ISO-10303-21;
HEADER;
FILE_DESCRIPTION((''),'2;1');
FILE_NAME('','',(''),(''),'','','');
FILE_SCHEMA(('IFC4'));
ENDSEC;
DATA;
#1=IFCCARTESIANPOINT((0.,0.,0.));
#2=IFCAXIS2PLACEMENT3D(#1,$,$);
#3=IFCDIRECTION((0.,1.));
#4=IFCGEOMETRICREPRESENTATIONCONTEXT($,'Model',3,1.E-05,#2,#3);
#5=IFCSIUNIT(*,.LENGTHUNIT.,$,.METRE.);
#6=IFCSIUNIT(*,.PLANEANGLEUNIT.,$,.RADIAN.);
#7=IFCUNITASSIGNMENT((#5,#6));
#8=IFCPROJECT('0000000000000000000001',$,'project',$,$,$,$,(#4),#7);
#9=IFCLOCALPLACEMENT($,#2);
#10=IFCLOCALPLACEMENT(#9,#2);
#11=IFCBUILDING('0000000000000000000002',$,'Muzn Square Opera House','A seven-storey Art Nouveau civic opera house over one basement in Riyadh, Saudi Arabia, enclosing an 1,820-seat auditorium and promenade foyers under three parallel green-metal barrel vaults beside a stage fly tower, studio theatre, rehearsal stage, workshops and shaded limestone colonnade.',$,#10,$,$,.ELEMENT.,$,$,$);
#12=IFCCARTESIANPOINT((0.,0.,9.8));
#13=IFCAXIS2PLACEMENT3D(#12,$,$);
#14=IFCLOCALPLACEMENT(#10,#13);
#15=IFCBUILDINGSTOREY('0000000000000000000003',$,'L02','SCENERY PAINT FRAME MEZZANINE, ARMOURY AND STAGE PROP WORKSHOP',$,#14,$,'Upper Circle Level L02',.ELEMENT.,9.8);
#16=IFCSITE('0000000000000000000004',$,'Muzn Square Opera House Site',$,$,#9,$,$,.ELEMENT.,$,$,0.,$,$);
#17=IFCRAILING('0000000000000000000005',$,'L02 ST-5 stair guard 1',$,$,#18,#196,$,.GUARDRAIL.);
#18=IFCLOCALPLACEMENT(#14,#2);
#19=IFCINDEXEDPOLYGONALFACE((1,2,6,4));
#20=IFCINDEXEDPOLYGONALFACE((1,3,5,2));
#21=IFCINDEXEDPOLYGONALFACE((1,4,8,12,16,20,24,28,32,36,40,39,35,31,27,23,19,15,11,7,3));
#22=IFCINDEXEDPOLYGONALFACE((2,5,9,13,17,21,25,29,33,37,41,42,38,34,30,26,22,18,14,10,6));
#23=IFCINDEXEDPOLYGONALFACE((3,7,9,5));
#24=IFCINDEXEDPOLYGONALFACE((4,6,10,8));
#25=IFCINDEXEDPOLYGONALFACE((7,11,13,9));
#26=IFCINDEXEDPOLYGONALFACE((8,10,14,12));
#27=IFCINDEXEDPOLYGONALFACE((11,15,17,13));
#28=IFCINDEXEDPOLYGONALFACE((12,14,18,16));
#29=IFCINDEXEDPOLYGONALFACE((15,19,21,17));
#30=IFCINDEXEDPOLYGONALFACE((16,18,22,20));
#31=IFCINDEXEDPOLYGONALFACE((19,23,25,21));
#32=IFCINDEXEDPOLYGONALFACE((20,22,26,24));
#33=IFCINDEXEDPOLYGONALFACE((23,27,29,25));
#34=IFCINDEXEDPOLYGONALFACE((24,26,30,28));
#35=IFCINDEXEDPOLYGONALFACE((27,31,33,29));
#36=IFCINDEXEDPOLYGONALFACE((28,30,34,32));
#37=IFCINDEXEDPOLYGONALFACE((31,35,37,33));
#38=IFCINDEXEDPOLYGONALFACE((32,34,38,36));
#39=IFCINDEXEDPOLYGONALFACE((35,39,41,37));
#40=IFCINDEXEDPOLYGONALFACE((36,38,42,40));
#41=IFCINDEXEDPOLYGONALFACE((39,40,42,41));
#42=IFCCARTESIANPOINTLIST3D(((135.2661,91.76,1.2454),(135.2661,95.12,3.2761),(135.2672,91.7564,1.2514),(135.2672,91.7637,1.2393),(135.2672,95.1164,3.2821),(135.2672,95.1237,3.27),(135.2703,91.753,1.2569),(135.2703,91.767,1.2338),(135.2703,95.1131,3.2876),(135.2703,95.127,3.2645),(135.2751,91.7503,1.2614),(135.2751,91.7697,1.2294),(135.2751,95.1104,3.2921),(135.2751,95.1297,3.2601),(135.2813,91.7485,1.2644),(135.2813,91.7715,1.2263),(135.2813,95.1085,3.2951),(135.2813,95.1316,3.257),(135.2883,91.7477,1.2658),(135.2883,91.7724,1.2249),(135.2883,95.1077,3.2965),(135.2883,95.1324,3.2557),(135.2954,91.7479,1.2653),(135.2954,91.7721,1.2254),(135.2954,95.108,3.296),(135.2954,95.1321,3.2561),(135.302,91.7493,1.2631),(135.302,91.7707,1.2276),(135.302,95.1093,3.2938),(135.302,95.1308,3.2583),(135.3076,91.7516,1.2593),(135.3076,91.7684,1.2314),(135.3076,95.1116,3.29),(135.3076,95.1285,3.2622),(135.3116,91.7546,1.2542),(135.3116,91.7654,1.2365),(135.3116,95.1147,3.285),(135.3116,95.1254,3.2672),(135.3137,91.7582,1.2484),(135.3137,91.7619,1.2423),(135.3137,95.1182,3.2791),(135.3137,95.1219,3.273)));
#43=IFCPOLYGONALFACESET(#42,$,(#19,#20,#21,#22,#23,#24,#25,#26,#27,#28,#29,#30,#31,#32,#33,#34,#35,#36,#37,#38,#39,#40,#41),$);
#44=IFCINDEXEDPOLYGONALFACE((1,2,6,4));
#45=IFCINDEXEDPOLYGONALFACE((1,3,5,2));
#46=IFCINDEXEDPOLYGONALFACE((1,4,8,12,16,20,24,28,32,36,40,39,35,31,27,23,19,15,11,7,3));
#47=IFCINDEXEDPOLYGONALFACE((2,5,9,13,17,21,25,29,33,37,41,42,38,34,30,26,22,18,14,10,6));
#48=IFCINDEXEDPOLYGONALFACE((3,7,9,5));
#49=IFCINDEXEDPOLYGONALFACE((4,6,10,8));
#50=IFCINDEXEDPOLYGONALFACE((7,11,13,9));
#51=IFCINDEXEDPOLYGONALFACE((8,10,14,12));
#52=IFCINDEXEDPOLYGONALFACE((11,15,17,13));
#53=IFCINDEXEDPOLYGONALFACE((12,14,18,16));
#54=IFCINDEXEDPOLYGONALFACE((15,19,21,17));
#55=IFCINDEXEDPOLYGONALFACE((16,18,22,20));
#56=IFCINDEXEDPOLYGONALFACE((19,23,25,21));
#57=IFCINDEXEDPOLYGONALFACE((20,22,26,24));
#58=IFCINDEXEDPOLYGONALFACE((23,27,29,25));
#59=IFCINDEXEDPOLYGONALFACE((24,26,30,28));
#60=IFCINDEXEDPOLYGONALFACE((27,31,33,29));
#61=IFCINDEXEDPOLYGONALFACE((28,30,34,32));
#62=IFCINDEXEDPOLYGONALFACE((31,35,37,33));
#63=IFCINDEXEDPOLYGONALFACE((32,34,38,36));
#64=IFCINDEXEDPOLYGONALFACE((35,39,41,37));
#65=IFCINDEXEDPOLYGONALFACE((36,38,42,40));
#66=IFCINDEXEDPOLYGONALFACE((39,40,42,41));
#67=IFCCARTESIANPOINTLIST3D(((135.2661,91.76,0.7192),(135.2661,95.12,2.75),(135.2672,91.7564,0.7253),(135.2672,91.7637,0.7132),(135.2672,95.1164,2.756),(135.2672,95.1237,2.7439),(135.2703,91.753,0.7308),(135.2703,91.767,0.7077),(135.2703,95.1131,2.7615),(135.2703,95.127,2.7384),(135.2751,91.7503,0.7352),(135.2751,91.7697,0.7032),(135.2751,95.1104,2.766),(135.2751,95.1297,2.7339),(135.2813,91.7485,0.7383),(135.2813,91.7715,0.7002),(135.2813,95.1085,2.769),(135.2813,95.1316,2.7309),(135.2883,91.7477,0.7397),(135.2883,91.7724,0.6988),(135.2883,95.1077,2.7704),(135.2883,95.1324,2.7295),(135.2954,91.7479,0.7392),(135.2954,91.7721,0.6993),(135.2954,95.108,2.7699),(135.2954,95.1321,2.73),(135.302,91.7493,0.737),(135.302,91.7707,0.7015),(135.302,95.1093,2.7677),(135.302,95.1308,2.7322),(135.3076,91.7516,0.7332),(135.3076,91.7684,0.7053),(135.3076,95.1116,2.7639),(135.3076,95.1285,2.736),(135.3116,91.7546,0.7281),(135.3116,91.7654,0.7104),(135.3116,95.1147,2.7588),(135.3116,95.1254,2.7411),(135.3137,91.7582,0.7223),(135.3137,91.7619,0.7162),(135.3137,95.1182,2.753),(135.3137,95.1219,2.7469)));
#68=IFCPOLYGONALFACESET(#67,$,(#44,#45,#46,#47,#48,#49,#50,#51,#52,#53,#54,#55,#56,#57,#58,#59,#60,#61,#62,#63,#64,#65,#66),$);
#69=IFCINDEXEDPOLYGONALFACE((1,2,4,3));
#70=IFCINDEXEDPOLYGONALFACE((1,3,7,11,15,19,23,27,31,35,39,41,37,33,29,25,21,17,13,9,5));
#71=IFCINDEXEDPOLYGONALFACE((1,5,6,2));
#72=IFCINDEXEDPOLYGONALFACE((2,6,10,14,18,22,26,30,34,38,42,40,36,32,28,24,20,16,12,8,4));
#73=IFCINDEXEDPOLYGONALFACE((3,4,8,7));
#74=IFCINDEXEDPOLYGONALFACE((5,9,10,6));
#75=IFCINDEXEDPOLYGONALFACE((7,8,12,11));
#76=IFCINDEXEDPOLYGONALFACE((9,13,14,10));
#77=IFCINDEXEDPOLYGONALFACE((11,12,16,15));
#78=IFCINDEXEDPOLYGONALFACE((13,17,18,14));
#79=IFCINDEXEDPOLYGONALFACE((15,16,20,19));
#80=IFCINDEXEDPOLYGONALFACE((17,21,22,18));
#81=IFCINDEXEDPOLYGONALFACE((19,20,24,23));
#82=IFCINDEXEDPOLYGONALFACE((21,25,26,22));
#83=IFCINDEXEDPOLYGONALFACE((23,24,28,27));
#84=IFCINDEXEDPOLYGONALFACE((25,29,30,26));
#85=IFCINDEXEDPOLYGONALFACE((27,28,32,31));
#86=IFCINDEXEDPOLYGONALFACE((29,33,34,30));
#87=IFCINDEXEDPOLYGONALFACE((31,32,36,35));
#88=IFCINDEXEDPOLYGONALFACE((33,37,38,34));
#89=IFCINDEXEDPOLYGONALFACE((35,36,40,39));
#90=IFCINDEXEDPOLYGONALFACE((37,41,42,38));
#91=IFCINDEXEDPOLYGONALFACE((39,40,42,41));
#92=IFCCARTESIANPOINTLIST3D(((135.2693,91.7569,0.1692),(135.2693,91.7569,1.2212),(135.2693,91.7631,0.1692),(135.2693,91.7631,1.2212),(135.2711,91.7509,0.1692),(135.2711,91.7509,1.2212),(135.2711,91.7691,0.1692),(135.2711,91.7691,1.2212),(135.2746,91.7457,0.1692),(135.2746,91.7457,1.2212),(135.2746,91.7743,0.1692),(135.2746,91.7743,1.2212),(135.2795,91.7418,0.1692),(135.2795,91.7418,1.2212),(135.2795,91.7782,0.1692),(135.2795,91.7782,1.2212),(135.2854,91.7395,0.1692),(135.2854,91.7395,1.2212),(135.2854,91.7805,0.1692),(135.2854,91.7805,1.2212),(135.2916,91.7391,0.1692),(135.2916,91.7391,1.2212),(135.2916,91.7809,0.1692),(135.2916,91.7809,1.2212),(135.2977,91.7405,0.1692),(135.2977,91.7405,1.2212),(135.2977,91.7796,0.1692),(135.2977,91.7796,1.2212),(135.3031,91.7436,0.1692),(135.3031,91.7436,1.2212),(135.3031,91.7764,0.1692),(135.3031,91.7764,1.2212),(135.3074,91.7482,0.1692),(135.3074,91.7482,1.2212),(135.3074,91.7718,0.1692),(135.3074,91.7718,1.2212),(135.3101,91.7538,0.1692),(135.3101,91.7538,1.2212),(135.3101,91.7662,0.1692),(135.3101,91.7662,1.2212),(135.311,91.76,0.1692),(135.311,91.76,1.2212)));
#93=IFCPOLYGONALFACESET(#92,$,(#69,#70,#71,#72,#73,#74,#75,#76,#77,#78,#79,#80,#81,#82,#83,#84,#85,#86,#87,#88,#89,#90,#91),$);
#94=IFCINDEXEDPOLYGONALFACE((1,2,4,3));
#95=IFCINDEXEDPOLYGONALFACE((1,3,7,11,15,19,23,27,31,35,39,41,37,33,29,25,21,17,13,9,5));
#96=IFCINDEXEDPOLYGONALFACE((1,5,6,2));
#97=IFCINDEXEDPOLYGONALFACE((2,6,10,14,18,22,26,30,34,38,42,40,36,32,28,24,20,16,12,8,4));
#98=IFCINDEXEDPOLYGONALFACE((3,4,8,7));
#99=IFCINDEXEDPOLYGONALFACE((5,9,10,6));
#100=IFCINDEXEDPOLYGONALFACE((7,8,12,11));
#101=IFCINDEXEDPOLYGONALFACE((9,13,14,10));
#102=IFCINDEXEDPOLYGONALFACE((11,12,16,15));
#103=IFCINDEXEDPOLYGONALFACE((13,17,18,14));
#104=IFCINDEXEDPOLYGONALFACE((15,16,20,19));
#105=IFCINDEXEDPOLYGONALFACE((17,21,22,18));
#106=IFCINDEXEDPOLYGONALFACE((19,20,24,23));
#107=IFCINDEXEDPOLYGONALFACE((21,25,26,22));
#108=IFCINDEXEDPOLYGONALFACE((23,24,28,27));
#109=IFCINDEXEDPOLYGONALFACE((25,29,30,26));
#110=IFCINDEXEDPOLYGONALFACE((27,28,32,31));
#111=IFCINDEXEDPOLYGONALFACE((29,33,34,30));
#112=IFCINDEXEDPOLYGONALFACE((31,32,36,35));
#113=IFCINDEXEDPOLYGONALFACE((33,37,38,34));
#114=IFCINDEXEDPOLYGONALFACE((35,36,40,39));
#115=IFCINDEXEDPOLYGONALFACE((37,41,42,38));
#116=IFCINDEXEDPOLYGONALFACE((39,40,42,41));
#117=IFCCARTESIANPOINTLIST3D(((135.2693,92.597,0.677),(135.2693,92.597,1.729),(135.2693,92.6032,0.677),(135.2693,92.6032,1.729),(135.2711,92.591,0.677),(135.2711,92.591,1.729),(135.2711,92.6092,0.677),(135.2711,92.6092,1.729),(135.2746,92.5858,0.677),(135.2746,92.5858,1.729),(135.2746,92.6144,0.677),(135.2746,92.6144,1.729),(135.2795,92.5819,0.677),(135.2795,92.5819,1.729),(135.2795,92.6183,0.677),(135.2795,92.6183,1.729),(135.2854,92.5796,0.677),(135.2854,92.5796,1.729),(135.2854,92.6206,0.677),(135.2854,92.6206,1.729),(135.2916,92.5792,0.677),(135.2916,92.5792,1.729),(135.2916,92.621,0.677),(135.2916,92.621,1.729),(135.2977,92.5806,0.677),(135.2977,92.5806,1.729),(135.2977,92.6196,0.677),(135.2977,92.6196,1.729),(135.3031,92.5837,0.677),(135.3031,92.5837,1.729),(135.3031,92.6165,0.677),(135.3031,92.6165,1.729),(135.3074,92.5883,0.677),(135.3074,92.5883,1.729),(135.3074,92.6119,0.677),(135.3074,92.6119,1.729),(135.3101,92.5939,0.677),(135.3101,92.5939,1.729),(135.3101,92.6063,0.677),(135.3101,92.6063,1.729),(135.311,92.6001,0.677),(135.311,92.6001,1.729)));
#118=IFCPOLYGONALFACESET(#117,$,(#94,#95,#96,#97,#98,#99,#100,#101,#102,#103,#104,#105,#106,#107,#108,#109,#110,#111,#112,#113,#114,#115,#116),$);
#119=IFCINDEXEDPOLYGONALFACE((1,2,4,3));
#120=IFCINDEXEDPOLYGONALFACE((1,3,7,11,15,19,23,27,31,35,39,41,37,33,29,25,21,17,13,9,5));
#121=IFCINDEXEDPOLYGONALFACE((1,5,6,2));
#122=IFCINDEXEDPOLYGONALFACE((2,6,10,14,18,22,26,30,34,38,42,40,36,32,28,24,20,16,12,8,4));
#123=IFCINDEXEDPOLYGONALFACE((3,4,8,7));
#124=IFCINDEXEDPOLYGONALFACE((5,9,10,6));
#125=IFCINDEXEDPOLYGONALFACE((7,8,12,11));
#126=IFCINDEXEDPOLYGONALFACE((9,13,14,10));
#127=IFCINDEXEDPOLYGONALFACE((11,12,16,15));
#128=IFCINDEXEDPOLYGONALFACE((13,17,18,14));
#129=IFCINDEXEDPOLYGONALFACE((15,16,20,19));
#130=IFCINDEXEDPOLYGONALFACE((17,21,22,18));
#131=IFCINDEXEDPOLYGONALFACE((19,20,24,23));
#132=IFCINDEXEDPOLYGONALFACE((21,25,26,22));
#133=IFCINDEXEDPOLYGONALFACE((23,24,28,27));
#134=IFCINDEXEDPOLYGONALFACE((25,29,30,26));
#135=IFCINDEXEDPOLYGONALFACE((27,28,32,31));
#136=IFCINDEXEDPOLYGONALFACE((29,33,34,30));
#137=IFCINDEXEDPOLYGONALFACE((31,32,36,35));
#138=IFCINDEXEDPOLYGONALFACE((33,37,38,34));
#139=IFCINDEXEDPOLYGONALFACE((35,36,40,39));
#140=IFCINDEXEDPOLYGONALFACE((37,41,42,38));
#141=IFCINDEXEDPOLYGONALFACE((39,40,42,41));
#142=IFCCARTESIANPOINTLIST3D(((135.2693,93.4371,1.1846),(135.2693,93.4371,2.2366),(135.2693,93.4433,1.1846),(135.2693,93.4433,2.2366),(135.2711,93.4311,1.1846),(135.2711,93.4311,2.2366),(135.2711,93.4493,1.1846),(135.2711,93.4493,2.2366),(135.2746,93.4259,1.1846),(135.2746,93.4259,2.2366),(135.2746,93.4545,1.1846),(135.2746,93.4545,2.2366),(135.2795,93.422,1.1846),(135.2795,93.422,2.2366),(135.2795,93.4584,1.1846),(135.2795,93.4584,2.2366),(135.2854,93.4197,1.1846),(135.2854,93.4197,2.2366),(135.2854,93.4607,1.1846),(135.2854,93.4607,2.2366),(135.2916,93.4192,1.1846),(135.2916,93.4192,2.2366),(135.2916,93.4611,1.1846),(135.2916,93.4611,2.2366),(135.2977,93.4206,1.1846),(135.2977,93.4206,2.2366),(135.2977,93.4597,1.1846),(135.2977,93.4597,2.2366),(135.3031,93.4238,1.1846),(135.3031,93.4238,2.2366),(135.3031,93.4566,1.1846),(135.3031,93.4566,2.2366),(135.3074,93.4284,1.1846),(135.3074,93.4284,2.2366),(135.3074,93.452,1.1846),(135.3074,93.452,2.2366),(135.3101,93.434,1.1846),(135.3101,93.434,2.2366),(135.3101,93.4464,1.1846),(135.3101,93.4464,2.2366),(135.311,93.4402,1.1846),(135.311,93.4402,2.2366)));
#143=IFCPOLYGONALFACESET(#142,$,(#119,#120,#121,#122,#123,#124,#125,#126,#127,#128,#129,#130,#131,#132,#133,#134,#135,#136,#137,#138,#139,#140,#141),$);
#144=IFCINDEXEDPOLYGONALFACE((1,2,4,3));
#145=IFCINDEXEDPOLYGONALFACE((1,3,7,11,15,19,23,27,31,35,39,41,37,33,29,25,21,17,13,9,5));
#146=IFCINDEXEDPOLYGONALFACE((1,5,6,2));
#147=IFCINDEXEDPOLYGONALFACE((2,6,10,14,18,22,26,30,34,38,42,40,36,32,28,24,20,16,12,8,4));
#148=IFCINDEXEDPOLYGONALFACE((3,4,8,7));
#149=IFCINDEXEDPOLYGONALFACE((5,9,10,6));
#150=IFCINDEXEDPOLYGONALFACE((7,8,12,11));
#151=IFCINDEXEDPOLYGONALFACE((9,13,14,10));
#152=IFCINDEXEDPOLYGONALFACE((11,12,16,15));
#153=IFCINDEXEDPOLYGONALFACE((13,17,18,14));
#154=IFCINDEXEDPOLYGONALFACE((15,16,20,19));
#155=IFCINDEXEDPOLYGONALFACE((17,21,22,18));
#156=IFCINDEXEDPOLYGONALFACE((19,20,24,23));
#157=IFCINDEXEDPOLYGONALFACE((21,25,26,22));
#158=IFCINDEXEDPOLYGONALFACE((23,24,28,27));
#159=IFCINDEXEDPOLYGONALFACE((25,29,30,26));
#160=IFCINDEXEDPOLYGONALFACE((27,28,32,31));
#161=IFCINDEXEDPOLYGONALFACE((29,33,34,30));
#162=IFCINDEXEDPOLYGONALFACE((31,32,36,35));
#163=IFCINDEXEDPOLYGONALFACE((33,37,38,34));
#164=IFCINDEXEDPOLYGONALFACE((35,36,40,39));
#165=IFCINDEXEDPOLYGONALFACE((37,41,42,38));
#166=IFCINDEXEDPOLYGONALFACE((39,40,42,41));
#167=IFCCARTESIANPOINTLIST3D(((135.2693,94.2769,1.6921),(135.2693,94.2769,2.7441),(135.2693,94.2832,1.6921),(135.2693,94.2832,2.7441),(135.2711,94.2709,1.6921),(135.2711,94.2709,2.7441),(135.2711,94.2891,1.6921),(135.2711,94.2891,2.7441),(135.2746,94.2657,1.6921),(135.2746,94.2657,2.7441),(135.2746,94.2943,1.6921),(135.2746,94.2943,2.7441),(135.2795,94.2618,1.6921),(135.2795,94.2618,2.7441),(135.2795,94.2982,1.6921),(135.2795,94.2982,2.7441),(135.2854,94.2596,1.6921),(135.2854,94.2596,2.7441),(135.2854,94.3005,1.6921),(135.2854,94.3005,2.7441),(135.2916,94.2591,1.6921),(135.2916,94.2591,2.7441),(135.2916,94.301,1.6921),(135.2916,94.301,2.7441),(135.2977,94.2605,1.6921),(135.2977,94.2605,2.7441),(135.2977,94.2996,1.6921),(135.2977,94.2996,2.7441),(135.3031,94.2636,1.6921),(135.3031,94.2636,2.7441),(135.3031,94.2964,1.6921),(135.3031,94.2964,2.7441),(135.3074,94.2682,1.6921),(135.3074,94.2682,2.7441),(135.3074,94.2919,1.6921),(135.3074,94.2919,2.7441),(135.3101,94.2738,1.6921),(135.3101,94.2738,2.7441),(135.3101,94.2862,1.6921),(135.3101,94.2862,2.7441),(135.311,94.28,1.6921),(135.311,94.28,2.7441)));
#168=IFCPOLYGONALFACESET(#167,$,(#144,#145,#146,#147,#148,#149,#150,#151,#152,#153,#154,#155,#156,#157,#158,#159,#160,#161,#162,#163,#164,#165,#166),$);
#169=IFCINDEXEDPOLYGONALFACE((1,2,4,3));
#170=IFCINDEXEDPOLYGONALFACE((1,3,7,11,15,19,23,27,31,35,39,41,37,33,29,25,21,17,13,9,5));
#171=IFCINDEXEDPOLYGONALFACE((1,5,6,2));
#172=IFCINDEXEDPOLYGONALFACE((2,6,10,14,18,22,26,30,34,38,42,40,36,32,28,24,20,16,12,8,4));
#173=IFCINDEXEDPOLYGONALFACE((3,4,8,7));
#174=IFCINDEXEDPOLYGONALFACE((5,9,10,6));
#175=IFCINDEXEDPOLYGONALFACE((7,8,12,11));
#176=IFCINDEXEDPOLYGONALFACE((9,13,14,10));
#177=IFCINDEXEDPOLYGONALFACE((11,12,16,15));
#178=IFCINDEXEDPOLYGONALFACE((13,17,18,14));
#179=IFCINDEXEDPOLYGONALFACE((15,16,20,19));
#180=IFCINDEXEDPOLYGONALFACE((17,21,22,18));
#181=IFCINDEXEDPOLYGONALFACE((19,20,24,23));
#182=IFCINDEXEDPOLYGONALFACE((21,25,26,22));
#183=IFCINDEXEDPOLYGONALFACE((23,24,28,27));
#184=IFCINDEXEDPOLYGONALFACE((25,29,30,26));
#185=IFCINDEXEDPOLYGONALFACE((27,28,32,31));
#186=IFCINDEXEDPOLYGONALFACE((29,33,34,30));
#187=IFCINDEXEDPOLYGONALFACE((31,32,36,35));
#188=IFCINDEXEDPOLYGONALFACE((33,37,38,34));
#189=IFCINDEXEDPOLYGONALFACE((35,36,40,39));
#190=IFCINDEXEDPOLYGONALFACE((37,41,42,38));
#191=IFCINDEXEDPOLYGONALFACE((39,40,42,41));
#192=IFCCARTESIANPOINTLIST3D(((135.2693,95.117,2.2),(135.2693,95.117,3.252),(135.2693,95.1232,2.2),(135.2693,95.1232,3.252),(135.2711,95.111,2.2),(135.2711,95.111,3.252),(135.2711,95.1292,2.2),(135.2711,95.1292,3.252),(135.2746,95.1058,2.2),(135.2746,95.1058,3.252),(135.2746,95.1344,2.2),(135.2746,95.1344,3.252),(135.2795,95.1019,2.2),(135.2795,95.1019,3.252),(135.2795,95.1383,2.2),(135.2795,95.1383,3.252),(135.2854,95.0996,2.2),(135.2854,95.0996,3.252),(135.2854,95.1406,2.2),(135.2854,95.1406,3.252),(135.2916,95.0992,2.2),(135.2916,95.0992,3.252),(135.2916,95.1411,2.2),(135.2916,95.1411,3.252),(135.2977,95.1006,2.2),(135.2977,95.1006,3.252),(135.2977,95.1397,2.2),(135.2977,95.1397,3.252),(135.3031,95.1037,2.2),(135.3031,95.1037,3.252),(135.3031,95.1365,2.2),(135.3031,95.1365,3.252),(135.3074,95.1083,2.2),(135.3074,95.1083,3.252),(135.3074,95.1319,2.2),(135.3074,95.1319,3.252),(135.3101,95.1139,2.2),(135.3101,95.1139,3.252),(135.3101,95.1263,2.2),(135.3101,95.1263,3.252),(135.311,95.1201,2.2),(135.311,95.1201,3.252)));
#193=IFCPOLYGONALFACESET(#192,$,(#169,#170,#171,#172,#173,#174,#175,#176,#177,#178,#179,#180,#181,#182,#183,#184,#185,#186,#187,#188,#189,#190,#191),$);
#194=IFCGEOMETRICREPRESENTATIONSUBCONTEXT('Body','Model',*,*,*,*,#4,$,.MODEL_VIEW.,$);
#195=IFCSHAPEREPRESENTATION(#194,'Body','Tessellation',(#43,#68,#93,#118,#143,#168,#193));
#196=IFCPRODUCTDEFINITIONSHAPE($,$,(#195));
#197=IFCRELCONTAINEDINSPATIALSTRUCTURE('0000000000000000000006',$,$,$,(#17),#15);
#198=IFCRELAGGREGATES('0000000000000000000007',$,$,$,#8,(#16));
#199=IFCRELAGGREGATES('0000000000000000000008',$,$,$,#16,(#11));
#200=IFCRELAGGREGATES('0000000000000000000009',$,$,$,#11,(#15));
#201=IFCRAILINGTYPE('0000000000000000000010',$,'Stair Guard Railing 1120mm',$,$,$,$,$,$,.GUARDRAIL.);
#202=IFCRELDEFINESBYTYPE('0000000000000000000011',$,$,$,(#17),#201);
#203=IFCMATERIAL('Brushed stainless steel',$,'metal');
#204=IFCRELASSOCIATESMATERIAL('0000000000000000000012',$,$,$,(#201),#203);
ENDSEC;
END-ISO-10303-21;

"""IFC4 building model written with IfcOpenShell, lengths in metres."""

from ifc_helpers import new_model, si_unit, direction, frame, origin, origin_2d, place, context, subcontext, project, spatial, circle, extrude, material, type_object, element, save


model = new_model("IFC4")

# Units and contexts
model_context = context("Model", 3, precision=1e-05, world=origin(), true_north=direction((0.0, 1.0)))
body_context = subcontext(model_context, "Body", "Model", "MODEL_VIEW")
ifc_project = project(units=[si_unit("LENGTHUNIT", "METRE"), si_unit("PLANEANGLEUNIT", "RADIAN")], contexts=[model_context])

# Site, building, storey
site_placement = place(None, origin())
site = spatial("IfcSite", under=ifc_project, at=site_placement, Name="Muzn Square Opera House Site", CompositionType="ELEMENT", RefElevation=0.0)
building_placement = place(site_placement, origin())
building = spatial("IfcBuilding", under=site, at=building_placement, Name="Muzn Square Opera House", Description="A seven-storey Art Nouveau civic opera house over one basement in Riyadh, Saudi Arabia, enclosing an 1,820-seat auditorium and promenade foyers under three parallel green-metal barrel vaults beside a stage fly tower, studio theatre, rehearsal stage, workshops and shaded limestone colonnade.", CompositionType="ELEMENT")
storey_placement = place(building_placement, frame((0.0, 0.0, 9.8)))
storey = spatial("IfcBuildingStorey", under=building, at=storey_placement, Name="L02", Description="SCENERY PAINT FRAME MEZZANINE, ARMOURY AND STAGE PROP WORKSHOP", LongName="Upper Circle Level L02", CompositionType="ELEMENT", Elevation=9.8)

# Railing
ifc_material_1 = material(Name="Brushed stainless steel", Category="metal")
railing_type_1 = type_object("IfcRailingType", Name="Stair Guard Railing 1120mm", PredefinedType="GUARDRAIL", material=ifc_material_1)
railing_1_placement = place(storey_placement, frame((135.29, 91.76, 0.1692)))
element("IfcRailing", 1, at=railing_1_placement, inside=storey, type_object=railing_type_1, Name="L02 ST-5 stair guard 1", PredefinedType="GUARDRAIL", context=body_context, shape_type="SweptSolid", body=[
    extrude(circle(Radius=0.0239, at=origin_2d()), frame((0.0, 0.0, 1.0762), z_axis=(0.0, 0.855837, 0.517246), x_axis=(-1.0, 0.0, 0.0)), (0.0, 0.0, 1.0), 3.926),
    extrude(circle(Radius=0.0239, at=origin_2d()), frame((0.0, 0.0, 0.55), z_axis=(0.0, 0.855837, 0.517246), x_axis=(-1.0, 0.0, 0.0)), (0.0, 0.0, 1.0), 3.926),
    extrude(circle(Radius=0.021, at=origin_2d()), origin(), (0.0, 0.0, 1.0), 1.052),
    extrude(circle(Radius=0.021, at=origin_2d()), frame((0.0, 0.8401, 0.5078)), (0.0, 0.0, 1.0), 1.052),
    extrude(circle(Radius=0.021, at=origin_2d()), frame((0.0, 1.6802, 1.0154)), (0.0, 0.0, 1.0), 1.052),
    extrude(circle(Radius=0.021, at=origin_2d()), frame((0.0, 2.52, 1.5229)), (0.0, 0.0, 1.0), 1.052),
    extrude(circle(Radius=0.021, at=origin_2d()), frame((0.0, 3.3601, 2.0308)), (0.0, 0.0, 1.0), 1.052),
])

save(model, "model.ifc")
